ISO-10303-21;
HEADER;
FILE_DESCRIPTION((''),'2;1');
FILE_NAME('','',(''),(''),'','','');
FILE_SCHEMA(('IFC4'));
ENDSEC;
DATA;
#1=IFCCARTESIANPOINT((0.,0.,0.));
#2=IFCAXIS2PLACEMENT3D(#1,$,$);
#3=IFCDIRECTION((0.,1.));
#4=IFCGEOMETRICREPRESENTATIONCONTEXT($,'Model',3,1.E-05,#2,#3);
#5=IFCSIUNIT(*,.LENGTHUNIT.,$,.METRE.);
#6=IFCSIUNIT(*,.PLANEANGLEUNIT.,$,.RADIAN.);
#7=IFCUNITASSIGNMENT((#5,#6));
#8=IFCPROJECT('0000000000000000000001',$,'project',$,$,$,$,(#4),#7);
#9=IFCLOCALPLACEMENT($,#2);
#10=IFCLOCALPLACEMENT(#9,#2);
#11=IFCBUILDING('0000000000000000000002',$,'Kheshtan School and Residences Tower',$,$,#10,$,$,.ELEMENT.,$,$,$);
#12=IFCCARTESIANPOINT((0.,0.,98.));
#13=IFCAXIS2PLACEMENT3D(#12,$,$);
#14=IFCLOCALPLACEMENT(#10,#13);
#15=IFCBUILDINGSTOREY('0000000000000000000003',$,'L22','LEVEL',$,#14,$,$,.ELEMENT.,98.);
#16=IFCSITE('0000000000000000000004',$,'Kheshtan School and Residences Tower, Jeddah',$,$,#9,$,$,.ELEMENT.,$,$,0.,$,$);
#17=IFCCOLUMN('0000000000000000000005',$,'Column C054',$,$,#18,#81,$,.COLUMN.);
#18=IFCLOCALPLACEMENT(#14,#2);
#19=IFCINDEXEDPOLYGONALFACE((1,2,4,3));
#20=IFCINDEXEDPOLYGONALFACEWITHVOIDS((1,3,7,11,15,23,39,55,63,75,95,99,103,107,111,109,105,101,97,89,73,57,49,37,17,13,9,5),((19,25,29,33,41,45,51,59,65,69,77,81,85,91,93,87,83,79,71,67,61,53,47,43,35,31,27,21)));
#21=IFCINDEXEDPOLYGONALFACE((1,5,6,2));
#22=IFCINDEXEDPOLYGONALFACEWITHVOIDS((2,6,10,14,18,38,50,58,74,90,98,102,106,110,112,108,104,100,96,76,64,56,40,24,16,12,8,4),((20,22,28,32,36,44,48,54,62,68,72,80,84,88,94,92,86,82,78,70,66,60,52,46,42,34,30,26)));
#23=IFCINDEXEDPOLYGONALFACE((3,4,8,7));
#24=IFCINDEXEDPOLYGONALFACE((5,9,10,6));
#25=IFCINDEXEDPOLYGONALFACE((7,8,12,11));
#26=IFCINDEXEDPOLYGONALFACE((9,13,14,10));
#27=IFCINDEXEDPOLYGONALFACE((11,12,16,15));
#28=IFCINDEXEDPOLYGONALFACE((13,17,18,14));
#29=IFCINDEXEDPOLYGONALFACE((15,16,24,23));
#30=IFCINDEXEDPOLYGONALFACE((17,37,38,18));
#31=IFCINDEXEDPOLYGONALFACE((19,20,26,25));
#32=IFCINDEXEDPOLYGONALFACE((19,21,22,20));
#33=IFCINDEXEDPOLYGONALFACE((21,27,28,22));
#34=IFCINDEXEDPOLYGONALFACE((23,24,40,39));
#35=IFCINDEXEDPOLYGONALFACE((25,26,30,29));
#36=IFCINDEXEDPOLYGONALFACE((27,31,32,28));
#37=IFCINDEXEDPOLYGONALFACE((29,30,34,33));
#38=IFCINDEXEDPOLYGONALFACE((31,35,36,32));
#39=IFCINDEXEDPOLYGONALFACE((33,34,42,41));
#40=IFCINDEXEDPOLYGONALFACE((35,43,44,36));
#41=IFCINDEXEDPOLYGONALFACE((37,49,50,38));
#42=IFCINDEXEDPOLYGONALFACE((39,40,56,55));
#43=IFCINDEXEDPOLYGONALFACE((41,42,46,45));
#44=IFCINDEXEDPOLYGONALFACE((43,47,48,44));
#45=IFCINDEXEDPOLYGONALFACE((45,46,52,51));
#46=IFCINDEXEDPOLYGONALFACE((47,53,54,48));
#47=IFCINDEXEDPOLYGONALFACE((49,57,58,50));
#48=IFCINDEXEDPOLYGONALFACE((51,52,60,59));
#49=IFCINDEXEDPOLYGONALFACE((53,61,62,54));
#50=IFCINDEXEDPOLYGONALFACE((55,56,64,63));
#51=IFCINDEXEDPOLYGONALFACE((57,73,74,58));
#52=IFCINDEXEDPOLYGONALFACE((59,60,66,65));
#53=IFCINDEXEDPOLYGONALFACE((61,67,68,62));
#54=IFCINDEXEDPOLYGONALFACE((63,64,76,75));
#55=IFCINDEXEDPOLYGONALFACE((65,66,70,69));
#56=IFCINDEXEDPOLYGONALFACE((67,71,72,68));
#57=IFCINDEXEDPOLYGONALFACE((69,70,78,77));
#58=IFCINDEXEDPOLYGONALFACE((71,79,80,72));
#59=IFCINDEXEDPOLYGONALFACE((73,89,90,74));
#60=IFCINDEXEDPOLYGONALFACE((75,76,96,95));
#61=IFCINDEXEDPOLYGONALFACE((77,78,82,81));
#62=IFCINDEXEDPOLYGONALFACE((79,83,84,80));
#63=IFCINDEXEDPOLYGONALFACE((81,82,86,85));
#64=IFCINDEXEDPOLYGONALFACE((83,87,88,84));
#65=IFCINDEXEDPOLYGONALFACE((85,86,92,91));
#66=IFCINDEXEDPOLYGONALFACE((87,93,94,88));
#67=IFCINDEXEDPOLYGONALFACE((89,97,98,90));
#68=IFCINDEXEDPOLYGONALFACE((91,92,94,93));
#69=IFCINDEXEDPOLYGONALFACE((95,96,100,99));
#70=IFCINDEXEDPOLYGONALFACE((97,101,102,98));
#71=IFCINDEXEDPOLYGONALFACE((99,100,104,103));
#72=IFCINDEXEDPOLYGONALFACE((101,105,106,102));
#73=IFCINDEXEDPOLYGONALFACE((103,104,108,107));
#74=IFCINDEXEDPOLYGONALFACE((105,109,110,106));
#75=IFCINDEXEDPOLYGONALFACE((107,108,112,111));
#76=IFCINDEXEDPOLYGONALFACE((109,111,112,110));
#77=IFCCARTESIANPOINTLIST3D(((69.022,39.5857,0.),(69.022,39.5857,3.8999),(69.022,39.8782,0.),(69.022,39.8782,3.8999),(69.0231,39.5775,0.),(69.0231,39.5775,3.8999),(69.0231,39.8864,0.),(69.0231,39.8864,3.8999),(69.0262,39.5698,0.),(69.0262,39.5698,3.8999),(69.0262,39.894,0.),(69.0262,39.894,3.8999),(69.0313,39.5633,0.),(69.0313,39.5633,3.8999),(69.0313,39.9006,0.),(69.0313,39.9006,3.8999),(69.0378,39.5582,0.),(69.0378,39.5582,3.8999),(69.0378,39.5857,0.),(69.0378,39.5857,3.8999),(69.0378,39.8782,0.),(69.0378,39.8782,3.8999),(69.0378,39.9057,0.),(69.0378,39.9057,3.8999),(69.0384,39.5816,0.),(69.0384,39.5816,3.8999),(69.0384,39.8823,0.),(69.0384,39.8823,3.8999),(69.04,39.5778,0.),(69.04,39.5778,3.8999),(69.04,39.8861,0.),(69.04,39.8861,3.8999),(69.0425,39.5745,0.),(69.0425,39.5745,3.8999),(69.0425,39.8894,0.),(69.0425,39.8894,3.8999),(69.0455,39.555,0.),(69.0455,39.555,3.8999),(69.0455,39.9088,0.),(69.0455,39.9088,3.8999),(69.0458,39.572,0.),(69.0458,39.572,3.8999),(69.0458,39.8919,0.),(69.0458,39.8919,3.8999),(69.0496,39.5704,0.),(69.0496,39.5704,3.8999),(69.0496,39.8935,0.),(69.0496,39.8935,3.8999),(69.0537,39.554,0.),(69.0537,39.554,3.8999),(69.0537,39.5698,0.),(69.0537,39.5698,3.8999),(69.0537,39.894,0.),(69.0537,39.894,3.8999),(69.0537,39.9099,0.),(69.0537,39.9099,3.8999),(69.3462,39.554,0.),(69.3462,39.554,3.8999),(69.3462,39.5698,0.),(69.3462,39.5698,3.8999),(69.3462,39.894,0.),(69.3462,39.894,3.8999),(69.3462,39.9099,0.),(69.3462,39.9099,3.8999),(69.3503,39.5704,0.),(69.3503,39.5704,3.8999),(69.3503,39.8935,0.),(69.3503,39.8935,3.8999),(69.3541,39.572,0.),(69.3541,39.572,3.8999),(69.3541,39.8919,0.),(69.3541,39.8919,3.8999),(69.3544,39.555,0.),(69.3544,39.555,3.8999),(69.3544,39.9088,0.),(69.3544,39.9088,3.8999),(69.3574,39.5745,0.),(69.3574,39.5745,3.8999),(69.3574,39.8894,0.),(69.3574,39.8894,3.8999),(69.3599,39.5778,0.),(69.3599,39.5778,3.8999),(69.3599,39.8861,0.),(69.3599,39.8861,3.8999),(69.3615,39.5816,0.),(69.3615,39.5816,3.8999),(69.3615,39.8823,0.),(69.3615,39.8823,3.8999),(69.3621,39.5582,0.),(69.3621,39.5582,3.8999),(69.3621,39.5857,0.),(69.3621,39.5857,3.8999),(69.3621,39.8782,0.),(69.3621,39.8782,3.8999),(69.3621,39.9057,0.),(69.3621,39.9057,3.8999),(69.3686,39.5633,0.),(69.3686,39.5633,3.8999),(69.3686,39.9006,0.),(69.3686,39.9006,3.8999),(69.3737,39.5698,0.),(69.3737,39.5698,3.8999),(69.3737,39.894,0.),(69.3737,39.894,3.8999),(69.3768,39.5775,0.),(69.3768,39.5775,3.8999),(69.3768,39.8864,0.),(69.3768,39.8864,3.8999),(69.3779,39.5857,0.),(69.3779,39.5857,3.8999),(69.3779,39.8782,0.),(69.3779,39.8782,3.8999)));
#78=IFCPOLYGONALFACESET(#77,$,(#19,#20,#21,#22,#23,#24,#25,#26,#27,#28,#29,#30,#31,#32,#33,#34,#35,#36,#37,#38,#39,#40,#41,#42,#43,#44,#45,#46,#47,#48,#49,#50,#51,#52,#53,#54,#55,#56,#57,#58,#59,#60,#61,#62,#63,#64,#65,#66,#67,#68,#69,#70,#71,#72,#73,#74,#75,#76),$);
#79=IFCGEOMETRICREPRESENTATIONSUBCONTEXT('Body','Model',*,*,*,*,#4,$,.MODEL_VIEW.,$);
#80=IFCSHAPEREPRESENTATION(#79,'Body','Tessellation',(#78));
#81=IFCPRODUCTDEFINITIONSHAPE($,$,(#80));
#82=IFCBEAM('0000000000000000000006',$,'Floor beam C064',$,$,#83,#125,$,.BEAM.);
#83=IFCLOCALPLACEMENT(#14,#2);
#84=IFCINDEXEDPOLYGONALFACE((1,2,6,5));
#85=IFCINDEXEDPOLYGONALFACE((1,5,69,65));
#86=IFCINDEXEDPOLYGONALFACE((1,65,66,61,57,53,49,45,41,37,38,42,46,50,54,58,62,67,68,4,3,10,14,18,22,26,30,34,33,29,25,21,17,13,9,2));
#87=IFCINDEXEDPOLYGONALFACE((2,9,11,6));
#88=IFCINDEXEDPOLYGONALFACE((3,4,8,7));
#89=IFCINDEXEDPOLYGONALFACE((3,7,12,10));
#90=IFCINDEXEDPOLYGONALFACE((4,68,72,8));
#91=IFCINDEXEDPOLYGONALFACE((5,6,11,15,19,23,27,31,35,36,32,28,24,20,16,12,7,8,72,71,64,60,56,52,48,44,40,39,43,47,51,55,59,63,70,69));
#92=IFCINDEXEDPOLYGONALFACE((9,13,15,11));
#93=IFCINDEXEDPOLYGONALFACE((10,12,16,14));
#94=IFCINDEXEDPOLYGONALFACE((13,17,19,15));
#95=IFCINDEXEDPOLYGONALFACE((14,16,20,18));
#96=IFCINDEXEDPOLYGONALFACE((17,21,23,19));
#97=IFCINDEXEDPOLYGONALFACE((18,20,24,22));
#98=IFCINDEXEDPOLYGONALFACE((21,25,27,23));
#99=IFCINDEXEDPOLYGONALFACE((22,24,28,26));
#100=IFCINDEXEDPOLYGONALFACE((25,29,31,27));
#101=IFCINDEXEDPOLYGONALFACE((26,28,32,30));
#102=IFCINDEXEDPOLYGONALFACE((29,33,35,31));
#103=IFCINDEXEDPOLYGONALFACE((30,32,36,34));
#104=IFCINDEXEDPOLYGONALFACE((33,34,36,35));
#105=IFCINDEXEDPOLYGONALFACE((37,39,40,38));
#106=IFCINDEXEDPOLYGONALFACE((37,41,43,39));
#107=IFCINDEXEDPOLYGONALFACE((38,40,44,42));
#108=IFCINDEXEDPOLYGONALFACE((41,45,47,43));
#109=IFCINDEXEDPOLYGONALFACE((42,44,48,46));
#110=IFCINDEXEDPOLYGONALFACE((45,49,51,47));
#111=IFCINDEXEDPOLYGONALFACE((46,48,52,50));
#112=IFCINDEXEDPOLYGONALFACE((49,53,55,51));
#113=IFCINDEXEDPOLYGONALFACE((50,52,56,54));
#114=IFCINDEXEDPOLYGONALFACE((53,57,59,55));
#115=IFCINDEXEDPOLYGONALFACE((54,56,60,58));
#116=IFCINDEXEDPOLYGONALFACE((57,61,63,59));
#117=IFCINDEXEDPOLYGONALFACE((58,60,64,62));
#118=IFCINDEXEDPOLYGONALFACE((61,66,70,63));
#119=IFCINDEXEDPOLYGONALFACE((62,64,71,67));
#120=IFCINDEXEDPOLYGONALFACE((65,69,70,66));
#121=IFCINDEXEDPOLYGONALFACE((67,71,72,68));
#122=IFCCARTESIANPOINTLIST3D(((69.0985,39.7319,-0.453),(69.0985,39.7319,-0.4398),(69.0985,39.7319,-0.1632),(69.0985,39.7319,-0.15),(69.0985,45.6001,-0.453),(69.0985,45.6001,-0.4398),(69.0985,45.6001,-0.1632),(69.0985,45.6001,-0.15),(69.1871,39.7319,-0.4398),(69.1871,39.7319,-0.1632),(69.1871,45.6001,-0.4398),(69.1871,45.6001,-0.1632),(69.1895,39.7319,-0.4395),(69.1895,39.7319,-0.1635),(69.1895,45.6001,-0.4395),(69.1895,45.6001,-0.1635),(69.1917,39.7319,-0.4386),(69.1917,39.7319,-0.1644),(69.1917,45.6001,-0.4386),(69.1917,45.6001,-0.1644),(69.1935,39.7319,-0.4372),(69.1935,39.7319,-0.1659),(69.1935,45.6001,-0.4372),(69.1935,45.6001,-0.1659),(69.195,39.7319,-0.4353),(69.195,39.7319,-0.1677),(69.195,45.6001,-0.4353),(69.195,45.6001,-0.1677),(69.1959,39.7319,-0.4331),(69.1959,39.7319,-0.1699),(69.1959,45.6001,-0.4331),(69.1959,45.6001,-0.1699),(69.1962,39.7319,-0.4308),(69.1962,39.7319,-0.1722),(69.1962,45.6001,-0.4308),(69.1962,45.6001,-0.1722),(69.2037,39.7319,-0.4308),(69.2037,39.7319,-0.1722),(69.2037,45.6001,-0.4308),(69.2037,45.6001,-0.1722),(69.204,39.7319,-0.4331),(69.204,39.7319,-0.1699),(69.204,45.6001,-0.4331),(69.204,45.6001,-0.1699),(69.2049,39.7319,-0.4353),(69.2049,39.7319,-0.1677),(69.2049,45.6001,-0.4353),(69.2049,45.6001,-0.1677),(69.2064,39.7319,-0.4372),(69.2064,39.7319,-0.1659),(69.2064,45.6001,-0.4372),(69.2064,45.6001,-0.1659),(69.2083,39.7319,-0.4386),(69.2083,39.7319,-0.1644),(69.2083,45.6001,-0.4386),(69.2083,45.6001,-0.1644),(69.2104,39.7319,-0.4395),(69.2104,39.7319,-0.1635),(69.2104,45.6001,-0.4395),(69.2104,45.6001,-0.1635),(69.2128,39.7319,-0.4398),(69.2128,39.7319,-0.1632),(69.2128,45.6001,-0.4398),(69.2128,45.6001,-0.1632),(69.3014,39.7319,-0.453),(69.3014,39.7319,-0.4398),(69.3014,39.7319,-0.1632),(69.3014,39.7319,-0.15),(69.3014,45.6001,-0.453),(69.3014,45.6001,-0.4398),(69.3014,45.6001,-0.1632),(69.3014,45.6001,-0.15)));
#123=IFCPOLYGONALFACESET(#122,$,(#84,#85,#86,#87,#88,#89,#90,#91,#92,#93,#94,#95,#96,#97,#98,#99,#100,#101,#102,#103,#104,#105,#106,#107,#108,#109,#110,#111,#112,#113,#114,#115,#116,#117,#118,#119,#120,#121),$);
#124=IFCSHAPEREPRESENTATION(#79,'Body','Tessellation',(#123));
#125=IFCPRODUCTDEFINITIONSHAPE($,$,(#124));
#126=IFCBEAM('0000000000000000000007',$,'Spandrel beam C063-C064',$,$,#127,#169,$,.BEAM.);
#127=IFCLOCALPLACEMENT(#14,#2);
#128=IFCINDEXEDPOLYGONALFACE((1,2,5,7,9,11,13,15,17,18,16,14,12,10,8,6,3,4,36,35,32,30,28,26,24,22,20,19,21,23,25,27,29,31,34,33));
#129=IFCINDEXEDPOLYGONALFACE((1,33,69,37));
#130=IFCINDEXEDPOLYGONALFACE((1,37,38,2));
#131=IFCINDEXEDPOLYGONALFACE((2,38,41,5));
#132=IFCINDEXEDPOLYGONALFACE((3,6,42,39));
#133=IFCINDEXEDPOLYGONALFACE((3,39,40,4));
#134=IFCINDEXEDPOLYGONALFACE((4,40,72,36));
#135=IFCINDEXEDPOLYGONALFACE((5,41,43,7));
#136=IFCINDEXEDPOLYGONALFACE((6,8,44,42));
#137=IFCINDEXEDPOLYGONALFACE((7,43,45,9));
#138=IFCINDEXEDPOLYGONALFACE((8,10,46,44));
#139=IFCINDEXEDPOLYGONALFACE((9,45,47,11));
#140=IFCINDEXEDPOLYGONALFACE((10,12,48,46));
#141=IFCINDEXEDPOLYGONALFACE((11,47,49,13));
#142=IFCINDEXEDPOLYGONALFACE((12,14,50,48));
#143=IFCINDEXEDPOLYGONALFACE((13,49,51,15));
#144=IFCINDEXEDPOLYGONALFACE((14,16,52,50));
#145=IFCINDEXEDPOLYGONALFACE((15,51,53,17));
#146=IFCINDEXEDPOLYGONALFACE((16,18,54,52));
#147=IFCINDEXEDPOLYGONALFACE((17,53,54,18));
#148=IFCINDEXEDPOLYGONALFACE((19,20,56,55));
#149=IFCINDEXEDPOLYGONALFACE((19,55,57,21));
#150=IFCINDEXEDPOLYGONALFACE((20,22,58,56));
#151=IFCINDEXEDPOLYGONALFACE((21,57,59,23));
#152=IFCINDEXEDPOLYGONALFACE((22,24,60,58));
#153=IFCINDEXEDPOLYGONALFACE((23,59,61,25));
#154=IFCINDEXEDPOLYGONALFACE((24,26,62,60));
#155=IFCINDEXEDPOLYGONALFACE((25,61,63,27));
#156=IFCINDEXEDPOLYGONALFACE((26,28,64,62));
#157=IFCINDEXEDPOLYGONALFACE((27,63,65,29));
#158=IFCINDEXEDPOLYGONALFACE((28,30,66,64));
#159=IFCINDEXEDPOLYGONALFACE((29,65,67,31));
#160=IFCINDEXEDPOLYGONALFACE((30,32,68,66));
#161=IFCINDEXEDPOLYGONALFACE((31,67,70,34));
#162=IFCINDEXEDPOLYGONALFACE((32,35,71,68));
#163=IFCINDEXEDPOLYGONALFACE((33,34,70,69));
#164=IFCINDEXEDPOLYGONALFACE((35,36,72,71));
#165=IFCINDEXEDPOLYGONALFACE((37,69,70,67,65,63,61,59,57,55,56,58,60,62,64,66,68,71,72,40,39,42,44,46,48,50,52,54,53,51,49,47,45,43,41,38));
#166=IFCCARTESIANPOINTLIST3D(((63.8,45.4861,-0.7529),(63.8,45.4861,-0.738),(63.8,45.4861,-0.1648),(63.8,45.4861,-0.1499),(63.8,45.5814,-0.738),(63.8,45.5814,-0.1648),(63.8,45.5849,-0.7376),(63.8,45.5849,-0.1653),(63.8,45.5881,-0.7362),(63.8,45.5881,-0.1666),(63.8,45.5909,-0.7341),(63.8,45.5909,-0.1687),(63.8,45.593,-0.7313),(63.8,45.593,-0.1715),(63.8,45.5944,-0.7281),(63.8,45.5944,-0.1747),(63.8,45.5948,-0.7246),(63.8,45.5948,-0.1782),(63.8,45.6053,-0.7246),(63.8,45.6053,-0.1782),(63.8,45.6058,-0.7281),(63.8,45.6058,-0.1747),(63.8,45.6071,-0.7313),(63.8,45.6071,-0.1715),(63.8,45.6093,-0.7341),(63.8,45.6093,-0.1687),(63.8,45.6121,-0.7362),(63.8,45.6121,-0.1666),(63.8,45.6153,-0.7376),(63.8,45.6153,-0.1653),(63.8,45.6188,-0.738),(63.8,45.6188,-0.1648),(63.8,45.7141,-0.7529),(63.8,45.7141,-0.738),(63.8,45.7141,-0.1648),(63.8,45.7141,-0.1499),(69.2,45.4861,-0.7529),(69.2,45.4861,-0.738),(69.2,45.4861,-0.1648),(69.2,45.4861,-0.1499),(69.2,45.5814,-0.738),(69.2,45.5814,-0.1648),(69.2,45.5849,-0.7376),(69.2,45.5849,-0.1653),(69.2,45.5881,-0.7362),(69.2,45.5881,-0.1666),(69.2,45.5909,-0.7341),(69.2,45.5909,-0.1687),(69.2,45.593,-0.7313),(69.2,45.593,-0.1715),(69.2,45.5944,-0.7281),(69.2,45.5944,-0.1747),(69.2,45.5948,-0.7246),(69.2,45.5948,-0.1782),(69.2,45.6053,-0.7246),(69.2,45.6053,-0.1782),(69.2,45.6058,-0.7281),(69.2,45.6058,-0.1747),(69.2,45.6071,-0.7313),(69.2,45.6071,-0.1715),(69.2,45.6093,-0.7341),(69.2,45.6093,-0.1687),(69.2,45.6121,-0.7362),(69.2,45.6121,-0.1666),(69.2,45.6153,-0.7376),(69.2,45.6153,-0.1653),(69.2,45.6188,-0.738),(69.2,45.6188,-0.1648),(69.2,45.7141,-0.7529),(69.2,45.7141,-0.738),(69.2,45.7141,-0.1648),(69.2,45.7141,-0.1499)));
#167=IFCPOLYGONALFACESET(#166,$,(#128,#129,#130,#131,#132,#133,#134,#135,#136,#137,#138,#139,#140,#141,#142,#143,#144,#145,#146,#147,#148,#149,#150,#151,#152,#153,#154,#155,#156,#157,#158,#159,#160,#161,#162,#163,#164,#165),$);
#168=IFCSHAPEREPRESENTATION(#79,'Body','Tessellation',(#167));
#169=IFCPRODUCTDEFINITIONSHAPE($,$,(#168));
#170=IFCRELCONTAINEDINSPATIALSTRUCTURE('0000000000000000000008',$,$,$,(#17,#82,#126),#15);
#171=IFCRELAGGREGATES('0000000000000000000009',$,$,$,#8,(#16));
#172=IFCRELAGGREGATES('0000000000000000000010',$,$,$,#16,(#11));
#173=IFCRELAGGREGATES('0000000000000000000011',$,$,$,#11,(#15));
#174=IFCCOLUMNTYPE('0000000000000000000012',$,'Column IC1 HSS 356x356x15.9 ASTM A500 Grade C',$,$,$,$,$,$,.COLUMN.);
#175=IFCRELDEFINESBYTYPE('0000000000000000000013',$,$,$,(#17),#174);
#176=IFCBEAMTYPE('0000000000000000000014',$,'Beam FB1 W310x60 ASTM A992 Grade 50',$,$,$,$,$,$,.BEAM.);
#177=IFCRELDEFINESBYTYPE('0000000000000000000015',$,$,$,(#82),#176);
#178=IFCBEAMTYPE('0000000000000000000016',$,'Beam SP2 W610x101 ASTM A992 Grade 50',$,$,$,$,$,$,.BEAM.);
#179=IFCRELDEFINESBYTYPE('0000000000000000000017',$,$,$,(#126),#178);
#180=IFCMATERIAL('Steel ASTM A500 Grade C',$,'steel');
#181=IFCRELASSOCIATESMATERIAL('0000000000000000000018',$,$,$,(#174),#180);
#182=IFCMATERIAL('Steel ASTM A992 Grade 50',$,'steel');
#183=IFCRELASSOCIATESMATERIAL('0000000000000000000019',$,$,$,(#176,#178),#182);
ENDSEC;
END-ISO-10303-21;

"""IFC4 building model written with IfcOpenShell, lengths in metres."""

from ifc_helpers import new_model, si_unit, direction, frame, origin, origin_2d, place, context, subcontext, project, spatial, hollow_rectangle, i_section, extrude, material, material_profile, profile_set, type_object, element, save


model = new_model("IFC4")

# Units and contexts
model_context = context("Model", 3, precision=1e-05, world=origin(), true_north=direction((0.0, 1.0)))
body_context = subcontext(model_context, "Body", "Model", "MODEL_VIEW")
ifc_project = project(units=[si_unit("LENGTHUNIT", "METRE"), si_unit("PLANEANGLEUNIT", "RADIAN")], contexts=[model_context])

# Site, building, storey
site_placement = place(None, origin())
site = spatial("IfcSite", under=ifc_project, at=site_placement, Name="Kheshtan School and Residences Tower, Jeddah", CompositionType="ELEMENT", RefElevation=0.0)
building_placement = place(site_placement, origin())
building = spatial("IfcBuilding", under=site, at=building_placement, Name="Kheshtan School and Residences Tower", CompositionType="ELEMENT")
storey_placement = place(building_placement, frame((0.0, 0.0, 98.0)))
storey = spatial("IfcBuildingStorey", under=building, at=storey_placement, Name="L22", Description="LEVEL", CompositionType="ELEMENT", Elevation=98.0)

# Column
ifc_material_1 = material(Name="Steel ASTM A992 Grade 50", Category="steel")
ifc_material_2 = material(Name="Steel ASTM A500 Grade C", Category="steel")
ifc_material_profile_1 = material_profile(ifc_material_2, hollow_rectangle(XDim=0.356, YDim=0.356, WallThickness=0.0159, InnerFilletRadius=0.0159, OuterFilletRadius=0.0317, at=origin_2d()), Name="HSS 356x356x15.9")
ifc_profile_set_1 = profile_set([ifc_material_profile_1], Name="Steel ASTM A500 Grade C")
column_type_1 = type_object("IfcColumnType", Name="Column IC1 HSS 356x356x15.9 ASTM A500 Grade C", PredefinedType="COLUMN", material=ifc_profile_set_1)
column_placement = place(storey_placement, frame((69.2, 39.7319, 0.0), z_axis=(0.0, 0.0, 1.0), x_axis=(1.0, 0.0, 0.0)))
element("IfcColumn", 1, at=column_placement, inside=storey, type_object=column_type_1, Name="Column C054", PredefinedType="COLUMN", context=body_context, shape_type="SweptSolid", body=[
    extrude(hollow_rectangle(XDim=0.356, YDim=0.356, WallThickness=0.0159, InnerFilletRadius=0.0159, OuterFilletRadius=0.0317, at=origin_2d()), origin(), (0.0, 0.0, 1.0), 3.8999),
])

# Beams
ifc_material_profile_2 = material_profile(ifc_material_1, i_section(OverallWidth=0.2029, OverallDepth=0.303, WebThickness=0.0076, FlangeThickness=0.0132, FilletRadius=0.009, at=origin_2d()), Name="W310x60")
ifc_profile_set_2 = profile_set([ifc_material_profile_2], Name="Steel ASTM A992 Grade 50")
beam_type_1 = type_object("IfcBeamType", Name="Beam FB1 W310x60 ASTM A992 Grade 50", PredefinedType="BEAM", material=ifc_profile_set_2)
beam_1_placement = place(storey_placement, frame((69.2, 45.6001, -0.3015), z_axis=(0.0, -1.0, 0.0), x_axis=(1.0, 0.0, 0.0)))
element("IfcBeam", 2, at=beam_1_placement, inside=storey, type_object=beam_type_1, Name="Floor beam C064", PredefinedType="BEAM", context=body_context, shape_type="SweptSolid", body=[
    extrude(i_section(OverallWidth=0.2029, OverallDepth=0.303, WebThickness=0.0076, FlangeThickness=0.0132, FilletRadius=0.009, at=origin_2d()), origin(), (0.0, 0.0, 1.0), 5.8682),
])
ifc_material_profile_3 = material_profile(ifc_material_1, i_section(OverallWidth=0.228, OverallDepth=0.603, WebThickness=0.0105, FlangeThickness=0.0149, FilletRadius=0.0134, at=origin_2d()), Name="W610x101")
ifc_profile_set_3 = profile_set([ifc_material_profile_3], Name="Steel ASTM A992 Grade 50")
beam_type_2 = type_object("IfcBeamType", Name="Beam SP2 W610x101 ASTM A992 Grade 50", PredefinedType="BEAM", material=ifc_profile_set_3)
beam_2_placement = place(storey_placement, frame((63.8, 45.6001, -0.4514), z_axis=(1.0, 0.0, 0.0), x_axis=(0.0, 1.0, 0.0)))
element("IfcBeam", 3, at=beam_2_placement, inside=storey, type_object=beam_type_2, Name="Spandrel beam C063-C064", PredefinedType="BEAM", context=body_context, shape_type="SweptSolid", body=[
    extrude(i_section(OverallWidth=0.228, OverallDepth=0.603, WebThickness=0.0105, FlangeThickness=0.0149, FilletRadius=0.0134, at=origin_2d()), origin(), (0.0, 0.0, 1.0), 5.3999),
])

save(model, "model.ifc")
